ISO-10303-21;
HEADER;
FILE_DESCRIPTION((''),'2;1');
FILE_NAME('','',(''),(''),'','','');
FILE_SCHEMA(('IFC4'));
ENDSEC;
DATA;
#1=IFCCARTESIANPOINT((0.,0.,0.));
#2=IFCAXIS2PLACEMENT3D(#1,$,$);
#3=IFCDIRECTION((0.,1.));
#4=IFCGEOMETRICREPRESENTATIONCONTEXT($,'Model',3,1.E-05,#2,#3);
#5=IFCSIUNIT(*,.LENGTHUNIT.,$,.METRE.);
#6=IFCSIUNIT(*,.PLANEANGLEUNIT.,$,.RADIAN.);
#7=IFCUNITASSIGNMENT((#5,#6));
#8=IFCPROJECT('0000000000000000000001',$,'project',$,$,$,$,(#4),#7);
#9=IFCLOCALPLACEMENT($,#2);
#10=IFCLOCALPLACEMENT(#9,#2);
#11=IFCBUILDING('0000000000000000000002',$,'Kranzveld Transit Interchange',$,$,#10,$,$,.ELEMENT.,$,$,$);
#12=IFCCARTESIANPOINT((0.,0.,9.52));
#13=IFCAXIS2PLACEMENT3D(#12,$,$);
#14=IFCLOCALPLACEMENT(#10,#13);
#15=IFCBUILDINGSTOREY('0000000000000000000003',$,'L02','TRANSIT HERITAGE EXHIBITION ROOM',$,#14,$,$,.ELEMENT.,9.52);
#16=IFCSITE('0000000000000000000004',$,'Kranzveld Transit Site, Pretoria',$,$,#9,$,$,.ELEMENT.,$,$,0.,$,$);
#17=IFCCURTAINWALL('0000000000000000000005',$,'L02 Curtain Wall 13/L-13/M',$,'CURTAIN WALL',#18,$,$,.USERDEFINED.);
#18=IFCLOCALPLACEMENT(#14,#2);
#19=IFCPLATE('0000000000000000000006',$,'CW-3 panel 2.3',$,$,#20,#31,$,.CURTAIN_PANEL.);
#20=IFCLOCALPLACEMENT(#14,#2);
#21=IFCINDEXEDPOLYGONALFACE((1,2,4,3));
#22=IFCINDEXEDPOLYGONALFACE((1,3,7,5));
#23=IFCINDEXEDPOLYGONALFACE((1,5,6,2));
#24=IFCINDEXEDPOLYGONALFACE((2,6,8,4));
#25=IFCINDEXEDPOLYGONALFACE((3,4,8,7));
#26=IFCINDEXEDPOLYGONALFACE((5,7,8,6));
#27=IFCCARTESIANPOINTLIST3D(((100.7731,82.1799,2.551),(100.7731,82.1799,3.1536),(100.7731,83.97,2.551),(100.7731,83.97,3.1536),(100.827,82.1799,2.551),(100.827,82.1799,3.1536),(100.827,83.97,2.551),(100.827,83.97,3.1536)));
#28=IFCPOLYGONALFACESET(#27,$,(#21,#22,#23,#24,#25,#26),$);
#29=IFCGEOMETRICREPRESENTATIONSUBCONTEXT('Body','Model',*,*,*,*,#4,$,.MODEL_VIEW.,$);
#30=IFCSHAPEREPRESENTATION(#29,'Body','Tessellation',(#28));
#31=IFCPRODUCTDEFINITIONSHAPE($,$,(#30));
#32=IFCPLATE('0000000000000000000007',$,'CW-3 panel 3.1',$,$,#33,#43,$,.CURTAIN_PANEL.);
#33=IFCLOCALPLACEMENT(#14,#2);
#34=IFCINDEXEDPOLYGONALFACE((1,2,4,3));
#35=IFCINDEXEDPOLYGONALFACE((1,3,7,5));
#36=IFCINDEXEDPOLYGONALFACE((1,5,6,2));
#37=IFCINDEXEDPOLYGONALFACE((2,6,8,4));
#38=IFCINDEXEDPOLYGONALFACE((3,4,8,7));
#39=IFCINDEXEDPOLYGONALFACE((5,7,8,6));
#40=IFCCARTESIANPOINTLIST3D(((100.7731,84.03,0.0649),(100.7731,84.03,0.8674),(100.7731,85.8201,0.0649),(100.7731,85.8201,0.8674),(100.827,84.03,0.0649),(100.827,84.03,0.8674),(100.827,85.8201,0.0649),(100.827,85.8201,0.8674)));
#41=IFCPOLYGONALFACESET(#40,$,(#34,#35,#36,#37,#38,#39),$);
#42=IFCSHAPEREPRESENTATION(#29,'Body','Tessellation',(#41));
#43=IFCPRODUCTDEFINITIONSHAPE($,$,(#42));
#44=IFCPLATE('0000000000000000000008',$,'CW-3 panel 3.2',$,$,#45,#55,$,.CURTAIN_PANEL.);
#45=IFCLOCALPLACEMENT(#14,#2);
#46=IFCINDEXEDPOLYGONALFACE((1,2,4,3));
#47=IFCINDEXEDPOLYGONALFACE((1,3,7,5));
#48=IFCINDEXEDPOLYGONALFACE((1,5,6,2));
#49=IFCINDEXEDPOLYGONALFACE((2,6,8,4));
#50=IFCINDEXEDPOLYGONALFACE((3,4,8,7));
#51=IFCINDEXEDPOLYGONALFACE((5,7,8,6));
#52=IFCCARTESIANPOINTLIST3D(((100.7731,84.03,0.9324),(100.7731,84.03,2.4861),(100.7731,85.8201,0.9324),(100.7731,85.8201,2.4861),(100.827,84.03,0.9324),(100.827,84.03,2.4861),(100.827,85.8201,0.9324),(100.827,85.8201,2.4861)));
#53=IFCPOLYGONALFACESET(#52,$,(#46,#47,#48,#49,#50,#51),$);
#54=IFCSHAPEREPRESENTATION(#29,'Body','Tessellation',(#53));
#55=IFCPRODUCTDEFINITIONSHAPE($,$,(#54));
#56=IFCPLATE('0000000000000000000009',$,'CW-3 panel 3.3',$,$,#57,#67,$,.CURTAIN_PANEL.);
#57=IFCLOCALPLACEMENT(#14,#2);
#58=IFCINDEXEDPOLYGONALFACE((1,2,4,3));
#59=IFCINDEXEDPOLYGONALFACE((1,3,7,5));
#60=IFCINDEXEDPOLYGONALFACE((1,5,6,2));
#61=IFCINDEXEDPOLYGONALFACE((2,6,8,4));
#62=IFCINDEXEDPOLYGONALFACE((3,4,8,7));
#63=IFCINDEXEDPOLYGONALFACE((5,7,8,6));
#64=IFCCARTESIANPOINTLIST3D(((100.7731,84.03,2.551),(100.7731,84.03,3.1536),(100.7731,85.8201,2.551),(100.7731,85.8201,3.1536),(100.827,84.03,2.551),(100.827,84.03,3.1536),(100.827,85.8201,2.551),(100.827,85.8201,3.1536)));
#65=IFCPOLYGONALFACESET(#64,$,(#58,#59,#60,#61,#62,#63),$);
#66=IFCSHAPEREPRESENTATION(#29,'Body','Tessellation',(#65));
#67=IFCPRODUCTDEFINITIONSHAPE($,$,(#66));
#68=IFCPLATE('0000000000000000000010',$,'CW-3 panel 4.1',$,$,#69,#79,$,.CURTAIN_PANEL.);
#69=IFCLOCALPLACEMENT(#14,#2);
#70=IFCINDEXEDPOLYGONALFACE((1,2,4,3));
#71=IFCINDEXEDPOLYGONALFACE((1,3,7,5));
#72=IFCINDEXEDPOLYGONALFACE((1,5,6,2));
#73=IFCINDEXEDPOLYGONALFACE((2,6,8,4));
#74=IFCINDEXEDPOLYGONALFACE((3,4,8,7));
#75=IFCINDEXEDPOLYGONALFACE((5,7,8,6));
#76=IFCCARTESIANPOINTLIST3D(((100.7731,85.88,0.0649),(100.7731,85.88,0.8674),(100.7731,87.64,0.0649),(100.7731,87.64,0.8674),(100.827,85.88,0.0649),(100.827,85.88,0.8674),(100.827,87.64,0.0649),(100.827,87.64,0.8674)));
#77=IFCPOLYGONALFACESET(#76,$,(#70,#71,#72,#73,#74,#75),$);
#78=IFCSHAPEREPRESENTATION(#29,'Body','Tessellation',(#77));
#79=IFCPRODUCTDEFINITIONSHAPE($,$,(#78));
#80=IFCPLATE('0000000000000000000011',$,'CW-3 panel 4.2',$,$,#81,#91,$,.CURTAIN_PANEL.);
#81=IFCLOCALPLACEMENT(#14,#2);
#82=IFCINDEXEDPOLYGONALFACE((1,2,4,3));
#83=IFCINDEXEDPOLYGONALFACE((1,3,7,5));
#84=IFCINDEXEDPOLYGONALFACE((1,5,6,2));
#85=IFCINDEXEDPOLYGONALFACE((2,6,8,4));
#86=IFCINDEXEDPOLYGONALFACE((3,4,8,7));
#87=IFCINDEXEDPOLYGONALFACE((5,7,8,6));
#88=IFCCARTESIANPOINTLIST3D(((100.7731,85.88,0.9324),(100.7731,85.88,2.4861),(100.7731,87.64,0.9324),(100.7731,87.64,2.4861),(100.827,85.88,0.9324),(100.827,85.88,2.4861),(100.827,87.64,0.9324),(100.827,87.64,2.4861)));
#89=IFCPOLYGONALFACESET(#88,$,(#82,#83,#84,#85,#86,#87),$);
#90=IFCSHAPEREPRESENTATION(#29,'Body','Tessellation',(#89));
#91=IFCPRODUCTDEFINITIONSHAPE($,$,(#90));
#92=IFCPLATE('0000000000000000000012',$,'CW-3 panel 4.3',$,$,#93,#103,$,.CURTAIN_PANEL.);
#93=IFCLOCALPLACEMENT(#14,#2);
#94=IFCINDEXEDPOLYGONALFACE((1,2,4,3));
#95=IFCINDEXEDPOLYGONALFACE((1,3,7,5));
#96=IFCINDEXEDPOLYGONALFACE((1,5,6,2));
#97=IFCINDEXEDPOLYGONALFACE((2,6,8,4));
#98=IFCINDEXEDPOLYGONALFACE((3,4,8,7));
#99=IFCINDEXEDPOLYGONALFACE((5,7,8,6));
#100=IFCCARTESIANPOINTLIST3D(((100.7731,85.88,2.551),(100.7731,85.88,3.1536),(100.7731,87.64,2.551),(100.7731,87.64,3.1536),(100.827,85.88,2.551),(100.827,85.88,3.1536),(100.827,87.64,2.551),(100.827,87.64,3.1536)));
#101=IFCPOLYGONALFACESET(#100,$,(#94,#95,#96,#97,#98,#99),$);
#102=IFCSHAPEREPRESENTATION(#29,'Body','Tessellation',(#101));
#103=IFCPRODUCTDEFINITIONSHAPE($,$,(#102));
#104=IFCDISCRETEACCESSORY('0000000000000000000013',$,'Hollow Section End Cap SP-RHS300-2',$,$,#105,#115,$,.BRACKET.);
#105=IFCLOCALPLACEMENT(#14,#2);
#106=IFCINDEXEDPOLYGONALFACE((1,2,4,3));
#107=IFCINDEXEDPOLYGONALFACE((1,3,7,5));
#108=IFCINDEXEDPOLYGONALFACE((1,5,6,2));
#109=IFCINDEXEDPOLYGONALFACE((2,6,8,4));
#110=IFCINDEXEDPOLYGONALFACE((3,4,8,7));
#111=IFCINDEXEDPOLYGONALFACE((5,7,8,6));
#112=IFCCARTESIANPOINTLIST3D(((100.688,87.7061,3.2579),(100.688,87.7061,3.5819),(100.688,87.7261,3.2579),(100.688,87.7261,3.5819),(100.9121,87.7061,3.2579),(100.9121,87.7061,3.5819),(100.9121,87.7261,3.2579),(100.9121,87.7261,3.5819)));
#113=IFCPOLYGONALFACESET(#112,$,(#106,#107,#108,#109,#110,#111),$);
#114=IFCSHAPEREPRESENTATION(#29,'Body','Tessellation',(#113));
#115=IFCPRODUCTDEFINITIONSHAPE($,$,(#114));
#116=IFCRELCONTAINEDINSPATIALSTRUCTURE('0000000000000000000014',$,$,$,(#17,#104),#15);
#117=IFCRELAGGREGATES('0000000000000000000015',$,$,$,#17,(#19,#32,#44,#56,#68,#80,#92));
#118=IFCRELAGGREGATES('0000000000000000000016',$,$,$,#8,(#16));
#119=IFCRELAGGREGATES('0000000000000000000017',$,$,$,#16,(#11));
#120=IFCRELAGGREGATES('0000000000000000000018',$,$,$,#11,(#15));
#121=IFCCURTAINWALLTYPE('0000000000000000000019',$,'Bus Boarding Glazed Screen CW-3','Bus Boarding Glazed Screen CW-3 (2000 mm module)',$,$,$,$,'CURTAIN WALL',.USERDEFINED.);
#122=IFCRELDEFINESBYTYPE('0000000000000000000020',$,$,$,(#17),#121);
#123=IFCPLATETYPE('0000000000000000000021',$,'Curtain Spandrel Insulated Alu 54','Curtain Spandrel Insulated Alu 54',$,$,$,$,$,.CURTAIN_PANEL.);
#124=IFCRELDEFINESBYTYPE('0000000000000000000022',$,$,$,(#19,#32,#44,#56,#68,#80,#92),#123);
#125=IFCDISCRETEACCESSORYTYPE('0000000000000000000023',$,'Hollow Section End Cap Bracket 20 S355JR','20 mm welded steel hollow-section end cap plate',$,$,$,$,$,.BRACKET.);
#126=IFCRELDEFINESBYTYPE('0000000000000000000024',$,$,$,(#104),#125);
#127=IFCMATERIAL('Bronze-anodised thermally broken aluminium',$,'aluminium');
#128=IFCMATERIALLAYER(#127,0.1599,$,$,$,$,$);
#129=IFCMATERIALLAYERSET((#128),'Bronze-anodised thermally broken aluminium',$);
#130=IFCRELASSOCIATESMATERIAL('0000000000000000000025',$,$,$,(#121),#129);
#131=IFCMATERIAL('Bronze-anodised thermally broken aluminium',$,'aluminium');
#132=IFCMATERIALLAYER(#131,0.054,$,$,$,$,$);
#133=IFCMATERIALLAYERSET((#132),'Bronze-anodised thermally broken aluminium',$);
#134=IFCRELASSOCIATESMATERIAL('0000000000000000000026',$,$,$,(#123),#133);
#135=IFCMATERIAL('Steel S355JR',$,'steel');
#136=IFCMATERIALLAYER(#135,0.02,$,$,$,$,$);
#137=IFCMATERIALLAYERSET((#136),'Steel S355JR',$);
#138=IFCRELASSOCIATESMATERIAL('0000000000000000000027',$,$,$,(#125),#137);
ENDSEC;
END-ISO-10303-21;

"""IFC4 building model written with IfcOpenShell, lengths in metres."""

from ifc_helpers import new_model, si_unit, direction, frame, origin, origin_2d, place, context, subcontext, project, spatial, rectangle, extrude, material, layer, layer_set, type_object, element, aggregate, save


model = new_model("IFC4")

# Units and contexts
model_context = context("Model", 3, precision=1e-05, world=origin(), true_north=direction((0.0, 1.0)))
body_context = subcontext(model_context, "Body", "Model", "MODEL_VIEW")
ifc_project = project(units=[si_unit("LENGTHUNIT", "METRE"), si_unit("PLANEANGLEUNIT", "RADIAN")], contexts=[model_context])

# Site, building, storey
site_placement = place(None, origin())
site = spatial("IfcSite", under=ifc_project, at=site_placement, Name="Kranzveld Transit Site, Pretoria", CompositionType="ELEMENT", RefElevation=0.0)
building_placement = place(site_placement, origin())
building = spatial("IfcBuilding", under=site, at=building_placement, Name="Kranzveld Transit Interchange", CompositionType="ELEMENT")
storey_placement = place(building_placement, frame((0.0, 0.0, 9.52)))
storey = spatial("IfcBuildingStorey", under=building, at=storey_placement, Name="L02", Description="TRANSIT HERITAGE EXHIBITION ROOM", CompositionType="ELEMENT", Elevation=9.52)

# Curtain wall
ifc_material_1 = material(Name="Bronze-anodised thermally broken aluminium", Category="aluminium")
ifc_layer_1 = layer(ifc_material_1, 0.1599)
ifc_layer_set_1 = layer_set([ifc_layer_1], Name="Bronze-anodised thermally broken aluminium")
curtain_wall_type = type_object("IfcCurtainWallType", Name="Bus Boarding Glazed Screen CW-3", Description="Bus Boarding Glazed Screen CW-3 (2000 mm module)", ElementType="CURTAIN WALL", PredefinedType="USERDEFINED", material=ifc_layer_set_1)
curtain_wall_placement = place(storey_placement, origin())
curtain_wall = element("IfcCurtainWall", 1, at=curtain_wall_placement, inside=storey, type_object=curtain_wall_type, Name="L02 Curtain Wall 13/L-13/M", ObjectType="CURTAIN WALL", PredefinedType="USERDEFINED")

# Plates
ifc_material_2 = material(Name="Bronze-anodised thermally broken aluminium", Category="aluminium")
ifc_layer_2 = layer(ifc_material_2, 0.054)
ifc_layer_set_2 = layer_set([ifc_layer_2], Name="Bronze-anodised thermally broken aluminium")
plate_type = type_object("IfcPlateType", Name="Curtain Spandrel Insulated Alu 54", Description="Curtain Spandrel Insulated Alu 54", PredefinedType="CURTAIN_PANEL", material=ifc_layer_set_2)
plate_1_placement = place(storey_placement, frame((100.8, 83.075, 2.551), z_axis=(0.0, 0.0, 1.0), x_axis=(0.0, 1.0, 0.0)))
plate_1 = element("IfcPlate", 2, at=plate_1_placement, type_object=plate_type, Name="CW-3 panel 2.3", PredefinedType="CURTAIN_PANEL", context=body_context, shape_type="SweptSolid", body=[
    extrude(rectangle(XDim=1.79, YDim=0.054, at=origin_2d()), origin(), (0.0, 0.0, 1.0), 0.6025),
])
plate_2_placement = place(storey_placement, frame((100.8, 84.925, 0.0649), z_axis=(0.0, 0.0, 1.0), x_axis=(0.0, 1.0, 0.0)))
plate_2 = element("IfcPlate", 3, at=plate_2_placement, type_object=plate_type, Name="CW-3 panel 3.1", PredefinedType="CURTAIN_PANEL", context=body_context, shape_type="SweptSolid", body=[
    extrude(rectangle(XDim=1.79, YDim=0.054, at=origin_2d()), origin(), (0.0, 0.0, 1.0), 0.8025),
])
plate_3_placement = place(storey_placement, frame((100.8, 84.925, 0.9324), z_axis=(0.0, 0.0, 1.0), x_axis=(0.0, 1.0, 0.0)))
plate_3 = element("IfcPlate", 4, at=plate_3_placement, type_object=plate_type, Name="CW-3 panel 3.2", PredefinedType="CURTAIN_PANEL", context=body_context, shape_type="SweptSolid", body=[
    extrude(rectangle(XDim=1.79, YDim=0.054, at=origin_2d()), origin(), (0.0, 0.0, 1.0), 1.5537),
])
plate_4_placement = place(storey_placement, frame((100.8, 84.925, 2.551), z_axis=(0.0, 0.0, 1.0), x_axis=(0.0, 1.0, 0.0)))
plate_4 = element("IfcPlate", 5, at=plate_4_placement, type_object=plate_type, Name="CW-3 panel 3.3", PredefinedType="CURTAIN_PANEL", context=body_context, shape_type="SweptSolid", body=[
    extrude(rectangle(XDim=1.79, YDim=0.054, at=origin_2d()), origin(), (0.0, 0.0, 1.0), 0.6025),
])
plate_5_placement = place(storey_placement, frame((100.8, 86.76, 0.0649), z_axis=(0.0, 0.0, 1.0), x_axis=(0.0, 1.0, 0.0)))
plate_5 = element("IfcPlate", 6, at=plate_5_placement, type_object=plate_type, Name="CW-3 panel 4.1", PredefinedType="CURTAIN_PANEL", context=body_context, shape_type="SweptSolid", body=[
    extrude(rectangle(XDim=1.76, YDim=0.054, at=origin_2d()), origin(), (0.0, 0.0, 1.0), 0.8025),
])
plate_6_placement = place(storey_placement, frame((100.8, 86.76, 0.9324), z_axis=(0.0, 0.0, 1.0), x_axis=(0.0, 1.0, 0.0)))
plate_6 = element("IfcPlate", 7, at=plate_6_placement, type_object=plate_type, Name="CW-3 panel 4.2", PredefinedType="CURTAIN_PANEL", context=body_context, shape_type="SweptSolid", body=[
    extrude(rectangle(XDim=1.76, YDim=0.054, at=origin_2d()), origin(), (0.0, 0.0, 1.0), 1.5537),
])
plate_7_placement = place(storey_placement, frame((100.8, 86.76, 2.551), z_axis=(0.0, 0.0, 1.0), x_axis=(0.0, 1.0, 0.0)))
plate_7 = element("IfcPlate", 8, at=plate_7_placement, type_object=plate_type, Name="CW-3 panel 4.3", PredefinedType="CURTAIN_PANEL", context=body_context, shape_type="SweptSolid", body=[
    extrude(rectangle(XDim=1.76, YDim=0.054, at=origin_2d()), origin(), (0.0, 0.0, 1.0), 0.6025),
])
aggregate(curtain_wall, [plate_1, plate_2, plate_3, plate_4, plate_5, plate_6, plate_7])

# Discrete accessory
ifc_material_3 = material(Name="Steel S355JR", Category="steel")
ifc_layer_3 = layer(ifc_material_3, 0.02)
ifc_layer_set_3 = layer_set([ifc_layer_3], Name="Steel S355JR")
discrete_accessory_type = type_object("IfcDiscreteAccessoryType", Name="Hollow Section End Cap Bracket 20 S355JR", Description="20 mm welded steel hollow-section end cap plate", PredefinedType="BRACKET", material=ifc_layer_set_3)
discrete_accessory_placement = place(storey_placement, frame((100.8, 87.7061, 3.4199), z_axis=(0.0, 1.0, 0.0), x_axis=(-1.0, 0.0, 0.0)))
element("IfcDiscreteAccessory", 9, at=discrete_accessory_placement, inside=storey, type_object=discrete_accessory_type, Name="Hollow Section End Cap SP-RHS300-2", PredefinedType="BRACKET", context=body_context, shape_type="SweptSolid", body=[
    extrude(rectangle(XDim=0.2241, YDim=0.324, at=origin_2d()), origin(), (0.0, 0.0, 1.0), 0.02),
])

save(model, "model.ifc")
